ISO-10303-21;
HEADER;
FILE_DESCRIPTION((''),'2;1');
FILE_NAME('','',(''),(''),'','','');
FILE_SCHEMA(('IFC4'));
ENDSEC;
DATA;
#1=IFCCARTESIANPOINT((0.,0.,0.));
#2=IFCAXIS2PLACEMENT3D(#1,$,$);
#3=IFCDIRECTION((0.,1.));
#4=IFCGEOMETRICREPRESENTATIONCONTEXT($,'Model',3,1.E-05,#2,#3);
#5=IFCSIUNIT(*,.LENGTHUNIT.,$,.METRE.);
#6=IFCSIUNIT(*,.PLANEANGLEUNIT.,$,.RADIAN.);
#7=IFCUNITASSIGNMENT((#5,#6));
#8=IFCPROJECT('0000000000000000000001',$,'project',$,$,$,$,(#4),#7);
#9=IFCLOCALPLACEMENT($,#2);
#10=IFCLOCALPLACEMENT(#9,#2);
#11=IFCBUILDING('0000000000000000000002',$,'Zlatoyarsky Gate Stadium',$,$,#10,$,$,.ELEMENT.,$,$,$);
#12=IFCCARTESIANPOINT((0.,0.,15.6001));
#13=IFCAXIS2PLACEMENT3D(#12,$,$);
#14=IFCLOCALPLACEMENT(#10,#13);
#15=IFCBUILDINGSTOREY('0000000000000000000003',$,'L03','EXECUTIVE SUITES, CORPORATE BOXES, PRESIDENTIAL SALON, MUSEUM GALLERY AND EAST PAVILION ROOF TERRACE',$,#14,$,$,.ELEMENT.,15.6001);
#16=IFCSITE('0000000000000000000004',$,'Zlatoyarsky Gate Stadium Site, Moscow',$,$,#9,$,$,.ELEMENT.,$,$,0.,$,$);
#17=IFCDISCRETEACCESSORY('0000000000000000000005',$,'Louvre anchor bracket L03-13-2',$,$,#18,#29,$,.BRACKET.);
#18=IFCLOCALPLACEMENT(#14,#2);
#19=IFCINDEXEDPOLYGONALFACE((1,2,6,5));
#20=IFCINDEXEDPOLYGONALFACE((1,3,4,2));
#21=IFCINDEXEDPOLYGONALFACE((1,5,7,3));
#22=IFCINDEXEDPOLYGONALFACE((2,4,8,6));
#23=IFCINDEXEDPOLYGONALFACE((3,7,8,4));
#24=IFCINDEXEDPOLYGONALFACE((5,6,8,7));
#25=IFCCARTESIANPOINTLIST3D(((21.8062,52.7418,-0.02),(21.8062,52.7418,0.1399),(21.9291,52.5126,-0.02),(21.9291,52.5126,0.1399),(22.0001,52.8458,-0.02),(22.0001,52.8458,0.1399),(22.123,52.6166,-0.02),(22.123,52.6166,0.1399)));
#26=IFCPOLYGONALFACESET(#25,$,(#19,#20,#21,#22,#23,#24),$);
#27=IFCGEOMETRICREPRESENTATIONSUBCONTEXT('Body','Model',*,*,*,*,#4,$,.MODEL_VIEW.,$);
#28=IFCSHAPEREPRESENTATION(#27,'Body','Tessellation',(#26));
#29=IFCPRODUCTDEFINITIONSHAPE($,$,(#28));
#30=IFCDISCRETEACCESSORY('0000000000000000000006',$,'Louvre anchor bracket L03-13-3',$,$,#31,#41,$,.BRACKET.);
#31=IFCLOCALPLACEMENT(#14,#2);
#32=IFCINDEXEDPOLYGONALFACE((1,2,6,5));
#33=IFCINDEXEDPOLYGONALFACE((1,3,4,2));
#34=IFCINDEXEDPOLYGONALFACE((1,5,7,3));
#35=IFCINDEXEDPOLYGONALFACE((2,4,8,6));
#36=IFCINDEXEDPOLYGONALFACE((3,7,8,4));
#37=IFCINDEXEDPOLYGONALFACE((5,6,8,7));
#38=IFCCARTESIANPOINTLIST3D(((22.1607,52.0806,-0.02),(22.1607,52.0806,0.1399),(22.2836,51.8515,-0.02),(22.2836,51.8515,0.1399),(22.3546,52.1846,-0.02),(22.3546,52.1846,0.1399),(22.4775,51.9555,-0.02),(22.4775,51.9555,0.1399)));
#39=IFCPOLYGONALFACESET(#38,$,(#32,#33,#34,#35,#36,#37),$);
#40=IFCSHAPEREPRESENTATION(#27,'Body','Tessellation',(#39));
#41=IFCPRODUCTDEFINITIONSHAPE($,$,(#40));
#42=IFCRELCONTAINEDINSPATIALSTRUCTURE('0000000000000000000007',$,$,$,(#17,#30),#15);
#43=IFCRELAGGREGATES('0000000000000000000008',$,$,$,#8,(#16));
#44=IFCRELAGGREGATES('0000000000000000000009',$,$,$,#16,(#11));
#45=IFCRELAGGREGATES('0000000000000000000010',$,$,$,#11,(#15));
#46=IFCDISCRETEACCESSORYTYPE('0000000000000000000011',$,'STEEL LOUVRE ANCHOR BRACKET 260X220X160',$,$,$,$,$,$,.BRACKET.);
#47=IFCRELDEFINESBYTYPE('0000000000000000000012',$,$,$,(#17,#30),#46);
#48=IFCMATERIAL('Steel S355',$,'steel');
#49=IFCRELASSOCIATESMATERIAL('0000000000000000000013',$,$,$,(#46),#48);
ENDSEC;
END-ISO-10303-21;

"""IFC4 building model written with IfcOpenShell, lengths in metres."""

from ifc_helpers import new_model, si_unit, direction, frame, origin, origin_2d, place, context, subcontext, project, spatial, rectangle, extrude, material, type_object, element, save


model = new_model("IFC4")

# Units and contexts
model_context = context("Model", 3, precision=1e-05, world=origin(), true_north=direction((0.0, 1.0)))
body_context = subcontext(model_context, "Body", "Model", "MODEL_VIEW")
ifc_project = project(units=[si_unit("LENGTHUNIT", "METRE"), si_unit("PLANEANGLEUNIT", "RADIAN")], contexts=[model_context])

# Site, building, storey
site_placement = place(None, origin())
site = spatial("IfcSite", under=ifc_project, at=site_placement, Name="Zlatoyarsky Gate Stadium Site, Moscow", CompositionType="ELEMENT", RefElevation=0.0)
building_placement = place(site_placement, origin())
building = spatial("IfcBuilding", under=site, at=building_placement, Name="Zlatoyarsky Gate Stadium", CompositionType="ELEMENT")
storey_placement = place(building_placement, frame((0.0, 0.0, 15.6001)))
storey = spatial("IfcBuildingStorey", under=building, at=storey_placement, Name="L03", Description="EXECUTIVE SUITES, CORPORATE BOXES, PRESIDENTIAL SALON, MUSEUM GALLERY AND EAST PAVILION ROOF TERRACE", CompositionType="ELEMENT", Elevation=15.6001)

# Shared definitions
ifc_material_1 = material(Name="Steel S355", Category="steel")

# Discrete accessories
discrete_accessory_type = type_object("IfcDiscreteAccessoryType", Name="STEEL LOUVRE ANCHOR BRACKET 260X220X160", PredefinedType="BRACKET", material=ifc_material_1)
for number, where, z_axis, x_axis, name in (
    (1, (21.9646, 52.6792, -0.02), (0.0, 0.0, 1.0), (0.472643, -0.881254, 0.0), "Louvre anchor bracket L03-13-2"),
    (2, (22.3191, 52.0181, -0.02), (0.0, 0.0, 1.0), (0.472643, -0.881254, 0.0), "Louvre anchor bracket L03-13-3"),
):
    element("IfcDiscreteAccessory", number, at=place(storey_placement, frame(where, z_axis=z_axis, x_axis=x_axis)), inside=storey, type_object=discrete_accessory_type, Name=name, PredefinedType="BRACKET", context=body_context, shape_type="SweptSolid", body=[
        extrude(rectangle(XDim=0.26, YDim=0.22, at=origin_2d()), origin(), (0.0, 0.0, 1.0), 0.1599),
    ])

save(model, "model.ifc")
